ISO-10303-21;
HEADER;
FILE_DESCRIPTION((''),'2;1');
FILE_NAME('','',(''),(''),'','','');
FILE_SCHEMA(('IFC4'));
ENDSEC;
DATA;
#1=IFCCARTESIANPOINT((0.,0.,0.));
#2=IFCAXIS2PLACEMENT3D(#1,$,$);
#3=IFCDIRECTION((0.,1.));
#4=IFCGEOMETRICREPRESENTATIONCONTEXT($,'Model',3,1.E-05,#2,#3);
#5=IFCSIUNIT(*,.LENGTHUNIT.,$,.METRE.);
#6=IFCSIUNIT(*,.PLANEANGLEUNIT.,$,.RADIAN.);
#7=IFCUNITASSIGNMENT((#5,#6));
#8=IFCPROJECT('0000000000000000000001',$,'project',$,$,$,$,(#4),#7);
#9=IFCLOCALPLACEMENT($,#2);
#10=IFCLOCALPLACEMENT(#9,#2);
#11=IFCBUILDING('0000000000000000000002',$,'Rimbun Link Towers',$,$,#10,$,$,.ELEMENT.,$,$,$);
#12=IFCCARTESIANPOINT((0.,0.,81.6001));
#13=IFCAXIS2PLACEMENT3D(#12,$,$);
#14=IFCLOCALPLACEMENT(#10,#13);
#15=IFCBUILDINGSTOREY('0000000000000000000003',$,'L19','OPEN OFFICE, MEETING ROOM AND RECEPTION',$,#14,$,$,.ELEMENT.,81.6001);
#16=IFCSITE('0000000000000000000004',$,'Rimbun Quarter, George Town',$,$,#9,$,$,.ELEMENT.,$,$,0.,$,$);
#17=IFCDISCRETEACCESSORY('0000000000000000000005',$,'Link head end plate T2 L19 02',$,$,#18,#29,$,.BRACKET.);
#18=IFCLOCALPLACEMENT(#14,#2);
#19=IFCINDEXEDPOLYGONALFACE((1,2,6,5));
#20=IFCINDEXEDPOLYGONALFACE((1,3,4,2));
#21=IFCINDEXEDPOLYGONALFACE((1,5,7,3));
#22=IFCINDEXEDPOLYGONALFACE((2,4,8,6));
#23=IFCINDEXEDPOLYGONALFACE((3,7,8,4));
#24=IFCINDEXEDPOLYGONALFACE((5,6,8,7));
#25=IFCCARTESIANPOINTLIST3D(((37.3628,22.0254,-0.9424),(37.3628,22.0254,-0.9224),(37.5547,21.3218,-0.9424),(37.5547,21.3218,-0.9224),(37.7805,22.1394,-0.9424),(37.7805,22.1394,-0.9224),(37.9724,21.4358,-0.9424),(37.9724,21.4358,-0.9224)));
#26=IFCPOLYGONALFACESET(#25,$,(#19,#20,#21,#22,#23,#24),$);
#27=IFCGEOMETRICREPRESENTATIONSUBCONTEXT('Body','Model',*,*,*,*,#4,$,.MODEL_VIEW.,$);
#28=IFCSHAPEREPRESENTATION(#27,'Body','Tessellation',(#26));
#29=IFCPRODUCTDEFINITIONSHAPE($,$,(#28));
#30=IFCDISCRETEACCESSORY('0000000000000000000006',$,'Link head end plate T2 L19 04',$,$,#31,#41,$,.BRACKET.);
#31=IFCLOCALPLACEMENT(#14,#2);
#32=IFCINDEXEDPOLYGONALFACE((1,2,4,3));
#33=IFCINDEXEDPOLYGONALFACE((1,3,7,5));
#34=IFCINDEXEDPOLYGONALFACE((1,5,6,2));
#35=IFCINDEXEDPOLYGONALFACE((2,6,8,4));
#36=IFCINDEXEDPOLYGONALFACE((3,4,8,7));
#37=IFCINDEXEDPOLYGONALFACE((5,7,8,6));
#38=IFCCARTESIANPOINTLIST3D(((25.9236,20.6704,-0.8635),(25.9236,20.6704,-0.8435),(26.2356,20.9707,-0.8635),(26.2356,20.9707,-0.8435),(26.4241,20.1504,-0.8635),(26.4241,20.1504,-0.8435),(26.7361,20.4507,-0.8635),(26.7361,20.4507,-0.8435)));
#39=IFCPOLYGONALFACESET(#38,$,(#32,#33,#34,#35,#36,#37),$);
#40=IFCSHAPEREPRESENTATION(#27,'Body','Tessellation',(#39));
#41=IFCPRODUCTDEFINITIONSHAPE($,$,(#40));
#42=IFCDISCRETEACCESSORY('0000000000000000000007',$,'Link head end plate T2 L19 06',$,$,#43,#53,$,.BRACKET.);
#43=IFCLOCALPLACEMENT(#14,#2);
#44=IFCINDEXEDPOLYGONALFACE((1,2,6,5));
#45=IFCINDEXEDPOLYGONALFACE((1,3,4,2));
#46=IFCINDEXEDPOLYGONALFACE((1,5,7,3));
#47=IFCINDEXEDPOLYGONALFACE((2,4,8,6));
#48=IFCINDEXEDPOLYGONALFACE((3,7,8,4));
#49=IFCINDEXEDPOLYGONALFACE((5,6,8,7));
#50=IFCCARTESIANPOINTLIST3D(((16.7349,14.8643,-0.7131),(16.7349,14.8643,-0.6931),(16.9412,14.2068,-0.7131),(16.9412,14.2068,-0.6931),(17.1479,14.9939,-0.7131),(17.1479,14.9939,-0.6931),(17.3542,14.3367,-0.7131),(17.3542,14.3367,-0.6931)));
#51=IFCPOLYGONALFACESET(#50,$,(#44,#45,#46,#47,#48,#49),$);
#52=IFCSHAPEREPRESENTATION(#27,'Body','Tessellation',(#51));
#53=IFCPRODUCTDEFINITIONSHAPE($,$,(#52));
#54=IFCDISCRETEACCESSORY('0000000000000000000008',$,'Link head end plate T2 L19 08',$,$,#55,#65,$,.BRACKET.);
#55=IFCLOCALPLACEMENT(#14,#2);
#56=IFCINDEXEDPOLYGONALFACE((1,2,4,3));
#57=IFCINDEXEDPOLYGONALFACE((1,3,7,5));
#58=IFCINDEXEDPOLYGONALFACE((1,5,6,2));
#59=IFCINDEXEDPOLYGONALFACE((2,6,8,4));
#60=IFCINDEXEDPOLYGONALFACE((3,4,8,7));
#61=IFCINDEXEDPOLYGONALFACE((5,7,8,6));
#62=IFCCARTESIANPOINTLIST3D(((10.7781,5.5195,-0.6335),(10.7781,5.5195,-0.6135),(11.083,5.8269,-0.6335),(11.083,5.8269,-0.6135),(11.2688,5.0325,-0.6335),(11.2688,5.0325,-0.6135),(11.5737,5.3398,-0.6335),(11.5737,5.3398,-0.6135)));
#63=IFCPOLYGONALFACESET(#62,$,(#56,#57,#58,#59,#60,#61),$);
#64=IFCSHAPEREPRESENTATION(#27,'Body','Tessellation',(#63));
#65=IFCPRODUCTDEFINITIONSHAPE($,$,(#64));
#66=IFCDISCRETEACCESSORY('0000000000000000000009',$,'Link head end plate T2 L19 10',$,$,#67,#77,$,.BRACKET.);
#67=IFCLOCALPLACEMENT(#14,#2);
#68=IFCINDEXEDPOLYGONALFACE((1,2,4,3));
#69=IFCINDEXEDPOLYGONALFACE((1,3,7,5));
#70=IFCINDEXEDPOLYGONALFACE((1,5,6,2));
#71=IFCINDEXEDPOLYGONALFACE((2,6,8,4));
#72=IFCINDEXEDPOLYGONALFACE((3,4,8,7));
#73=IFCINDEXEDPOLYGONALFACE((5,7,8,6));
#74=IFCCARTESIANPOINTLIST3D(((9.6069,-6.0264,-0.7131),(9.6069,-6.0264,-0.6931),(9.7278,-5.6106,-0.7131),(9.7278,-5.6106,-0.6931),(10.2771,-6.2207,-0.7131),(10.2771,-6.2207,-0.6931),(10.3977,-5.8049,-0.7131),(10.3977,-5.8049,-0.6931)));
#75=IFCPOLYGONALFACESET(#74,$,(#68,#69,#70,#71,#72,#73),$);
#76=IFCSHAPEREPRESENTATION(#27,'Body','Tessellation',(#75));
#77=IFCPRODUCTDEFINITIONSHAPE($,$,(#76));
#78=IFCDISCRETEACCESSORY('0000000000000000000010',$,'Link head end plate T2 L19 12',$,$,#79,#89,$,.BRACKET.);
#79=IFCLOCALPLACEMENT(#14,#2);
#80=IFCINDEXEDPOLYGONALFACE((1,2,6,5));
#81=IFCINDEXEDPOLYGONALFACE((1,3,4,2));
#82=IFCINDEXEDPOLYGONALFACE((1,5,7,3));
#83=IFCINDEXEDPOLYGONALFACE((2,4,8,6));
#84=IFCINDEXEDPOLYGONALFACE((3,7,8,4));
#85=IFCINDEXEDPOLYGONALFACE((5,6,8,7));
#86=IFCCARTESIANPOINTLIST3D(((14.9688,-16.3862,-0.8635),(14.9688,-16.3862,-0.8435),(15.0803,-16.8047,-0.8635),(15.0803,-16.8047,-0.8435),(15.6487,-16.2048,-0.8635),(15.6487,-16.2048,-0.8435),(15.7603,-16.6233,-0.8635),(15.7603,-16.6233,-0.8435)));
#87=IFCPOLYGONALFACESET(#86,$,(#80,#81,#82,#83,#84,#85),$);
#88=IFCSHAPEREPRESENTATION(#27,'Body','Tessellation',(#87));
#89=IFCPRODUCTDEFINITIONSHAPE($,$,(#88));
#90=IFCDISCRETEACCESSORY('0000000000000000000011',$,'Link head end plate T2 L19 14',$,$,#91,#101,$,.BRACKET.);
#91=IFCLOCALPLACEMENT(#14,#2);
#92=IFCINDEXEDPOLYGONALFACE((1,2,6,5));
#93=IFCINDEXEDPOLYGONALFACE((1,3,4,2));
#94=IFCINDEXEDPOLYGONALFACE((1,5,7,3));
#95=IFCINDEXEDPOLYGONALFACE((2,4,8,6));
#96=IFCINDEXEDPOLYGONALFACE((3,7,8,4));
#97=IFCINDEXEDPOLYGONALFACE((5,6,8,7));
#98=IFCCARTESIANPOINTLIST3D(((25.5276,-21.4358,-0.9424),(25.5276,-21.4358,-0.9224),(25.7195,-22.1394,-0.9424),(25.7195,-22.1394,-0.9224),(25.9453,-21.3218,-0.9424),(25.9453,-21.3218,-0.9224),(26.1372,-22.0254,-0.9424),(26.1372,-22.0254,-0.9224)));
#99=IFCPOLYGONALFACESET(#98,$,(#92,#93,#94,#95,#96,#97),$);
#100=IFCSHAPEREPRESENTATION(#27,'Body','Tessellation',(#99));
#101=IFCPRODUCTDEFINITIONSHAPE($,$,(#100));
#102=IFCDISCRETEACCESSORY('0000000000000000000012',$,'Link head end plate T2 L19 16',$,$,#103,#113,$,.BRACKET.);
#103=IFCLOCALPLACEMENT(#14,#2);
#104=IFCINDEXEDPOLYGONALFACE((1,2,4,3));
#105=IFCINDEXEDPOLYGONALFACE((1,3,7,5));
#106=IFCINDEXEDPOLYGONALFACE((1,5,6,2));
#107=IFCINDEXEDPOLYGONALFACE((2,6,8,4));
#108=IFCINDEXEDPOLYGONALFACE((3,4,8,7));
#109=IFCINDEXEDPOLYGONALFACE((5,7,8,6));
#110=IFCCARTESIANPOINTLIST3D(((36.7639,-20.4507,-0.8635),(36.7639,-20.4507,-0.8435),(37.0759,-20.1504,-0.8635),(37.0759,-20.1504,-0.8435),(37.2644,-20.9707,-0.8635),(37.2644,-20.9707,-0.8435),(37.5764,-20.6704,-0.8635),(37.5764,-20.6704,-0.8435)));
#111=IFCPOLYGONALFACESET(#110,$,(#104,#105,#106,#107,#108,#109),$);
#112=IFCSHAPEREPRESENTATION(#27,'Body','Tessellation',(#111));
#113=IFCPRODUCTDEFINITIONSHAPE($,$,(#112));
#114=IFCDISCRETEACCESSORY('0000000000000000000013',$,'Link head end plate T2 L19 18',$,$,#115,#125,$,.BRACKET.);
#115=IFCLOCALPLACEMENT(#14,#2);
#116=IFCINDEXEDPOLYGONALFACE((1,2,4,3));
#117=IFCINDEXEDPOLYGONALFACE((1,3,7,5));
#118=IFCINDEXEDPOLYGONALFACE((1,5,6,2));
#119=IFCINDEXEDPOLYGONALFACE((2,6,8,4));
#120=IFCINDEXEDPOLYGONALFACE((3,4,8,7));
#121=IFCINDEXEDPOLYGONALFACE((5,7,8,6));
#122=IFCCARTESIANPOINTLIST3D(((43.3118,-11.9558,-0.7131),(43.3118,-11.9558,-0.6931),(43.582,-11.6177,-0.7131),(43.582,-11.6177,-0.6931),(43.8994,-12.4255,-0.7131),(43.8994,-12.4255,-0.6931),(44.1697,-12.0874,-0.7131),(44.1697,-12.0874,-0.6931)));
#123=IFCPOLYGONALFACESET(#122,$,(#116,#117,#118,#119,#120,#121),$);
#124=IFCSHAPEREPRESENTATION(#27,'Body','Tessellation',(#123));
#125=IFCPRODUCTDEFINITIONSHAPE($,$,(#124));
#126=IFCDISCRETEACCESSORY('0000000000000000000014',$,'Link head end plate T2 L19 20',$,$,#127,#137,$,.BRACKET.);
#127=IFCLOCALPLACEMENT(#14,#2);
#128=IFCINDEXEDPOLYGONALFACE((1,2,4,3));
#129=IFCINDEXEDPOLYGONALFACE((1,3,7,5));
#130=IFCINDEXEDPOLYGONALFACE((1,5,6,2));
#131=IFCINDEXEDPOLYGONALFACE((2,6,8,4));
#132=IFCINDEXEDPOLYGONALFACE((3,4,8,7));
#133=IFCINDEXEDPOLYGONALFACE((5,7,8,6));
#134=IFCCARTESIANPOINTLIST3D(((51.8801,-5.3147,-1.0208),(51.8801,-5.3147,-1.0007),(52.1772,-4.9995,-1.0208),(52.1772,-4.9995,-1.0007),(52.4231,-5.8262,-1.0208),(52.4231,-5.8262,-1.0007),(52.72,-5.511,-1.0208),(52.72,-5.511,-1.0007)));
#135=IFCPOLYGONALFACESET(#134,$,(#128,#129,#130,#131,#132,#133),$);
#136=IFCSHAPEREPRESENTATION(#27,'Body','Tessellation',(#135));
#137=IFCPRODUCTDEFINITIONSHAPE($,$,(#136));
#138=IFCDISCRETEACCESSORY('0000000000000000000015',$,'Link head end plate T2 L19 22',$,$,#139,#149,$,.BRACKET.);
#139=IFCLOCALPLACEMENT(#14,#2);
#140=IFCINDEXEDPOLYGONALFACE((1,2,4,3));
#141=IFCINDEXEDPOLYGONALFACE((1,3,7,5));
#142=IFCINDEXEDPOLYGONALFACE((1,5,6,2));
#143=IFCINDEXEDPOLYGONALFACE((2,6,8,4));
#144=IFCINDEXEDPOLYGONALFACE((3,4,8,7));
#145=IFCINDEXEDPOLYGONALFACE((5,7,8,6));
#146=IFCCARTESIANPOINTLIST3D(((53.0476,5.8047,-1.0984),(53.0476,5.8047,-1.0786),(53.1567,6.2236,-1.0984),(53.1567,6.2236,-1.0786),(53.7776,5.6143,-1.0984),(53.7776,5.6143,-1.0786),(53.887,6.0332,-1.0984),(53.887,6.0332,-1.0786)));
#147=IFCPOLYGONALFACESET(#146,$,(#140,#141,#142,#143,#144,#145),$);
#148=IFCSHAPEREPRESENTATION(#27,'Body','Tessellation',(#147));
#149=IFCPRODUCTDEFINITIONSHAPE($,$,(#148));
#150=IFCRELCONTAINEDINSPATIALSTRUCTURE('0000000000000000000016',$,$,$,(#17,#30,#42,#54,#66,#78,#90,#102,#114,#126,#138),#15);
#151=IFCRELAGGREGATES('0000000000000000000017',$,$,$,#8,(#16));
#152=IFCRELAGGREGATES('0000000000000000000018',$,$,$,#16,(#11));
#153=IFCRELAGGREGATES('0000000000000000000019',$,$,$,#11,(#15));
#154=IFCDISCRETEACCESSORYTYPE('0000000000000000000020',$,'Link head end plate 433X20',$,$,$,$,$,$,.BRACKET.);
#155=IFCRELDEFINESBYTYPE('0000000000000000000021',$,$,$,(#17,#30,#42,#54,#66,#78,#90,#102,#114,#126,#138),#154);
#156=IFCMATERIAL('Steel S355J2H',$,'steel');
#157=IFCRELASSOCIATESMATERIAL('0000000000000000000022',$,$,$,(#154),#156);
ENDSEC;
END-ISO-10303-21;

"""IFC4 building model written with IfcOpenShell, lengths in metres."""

from ifc_helpers import new_model, si_unit, direction, frame, origin, origin_2d, place, context, subcontext, project, spatial, polyline, rectangle, outline, extrude, material, material_profile, profile_set, type_object, element, save


model = new_model("IFC4")

# Units and contexts
model_context = context("Model", 3, precision=1e-05, world=origin(), true_north=direction((0.0, 1.0)))
body_context = subcontext(model_context, "Body", "Model", "MODEL_VIEW")
ifc_project = project(units=[si_unit("LENGTHUNIT", "METRE"), si_unit("PLANEANGLEUNIT", "RADIAN")], contexts=[model_context])

# Site, building, storey
site_placement = place(None, origin())
site = spatial("IfcSite", under=ifc_project, at=site_placement, Name="Rimbun Quarter, George Town", CompositionType="ELEMENT", RefElevation=0.0)
building_placement = place(site_placement, origin())
building = spatial("IfcBuilding", under=site, at=building_placement, Name="Rimbun Link Towers", CompositionType="ELEMENT")
storey_placement = place(building_placement, frame((0.0, 0.0, 81.6001)))
storey = spatial("IfcBuildingStorey", under=building, at=storey_placement, Name="L19", Description="OPEN OFFICE, MEETING ROOM AND RECEPTION", CompositionType="ELEMENT", Elevation=81.6001)

# Discrete accessories
ifc_material_1 = material(Name="Steel S355J2H", Category="steel")
ifc_material_profile_1 = material_profile(ifc_material_1, rectangle(XDim=0.4331, YDim=0.4331, at=origin_2d()), Name="PL 433x433")
ifc_profile_set_1 = profile_set([ifc_material_profile_1], Name="Steel S355J2H")
discrete_accessory_type_1 = type_object("IfcDiscreteAccessoryType", Name="Link head end plate 433X20", PredefinedType="BRACKET", material=ifc_profile_set_1)
discrete_accessory_1_placement = place(storey_placement, frame((0.0, 0.0, -0.9424)))
element("IfcDiscreteAccessory", 1, at=discrete_accessory_1_placement, inside=storey, type_object=discrete_accessory_type_1, Name="Link head end plate T2 L19 02", PredefinedType="BRACKET", context=body_context, shape_type="SweptSolid", body=[
    extrude(outline(polyline([(37.9724, 21.4358), (37.7805, 22.1394), (37.3628, 22.0254), (37.5547, 21.3218), (37.9724, 21.4358)])), origin(), (0.0, 0.0, 1.0), 0.02),
])
discrete_accessory_2_placement = place(storey_placement, frame((0.0, 0.0, -0.8635)))
element("IfcDiscreteAccessory", 2, at=discrete_accessory_2_placement, inside=storey, type_object=discrete_accessory_type_1, Name="Link head end plate T2 L19 04", PredefinedType="BRACKET", context=body_context, shape_type="SweptSolid", body=[
    extrude(outline(polyline([(26.7361, 20.4507), (26.2356, 20.9707), (25.9236, 20.6704), (26.4241, 20.1504), (26.7361, 20.4507)])), origin(), (0.0, 0.0, 1.0), 0.02),
])
discrete_accessory_3_placement = place(storey_placement, frame((0.0, 0.0, -0.7131)))
element("IfcDiscreteAccessory", 3, at=discrete_accessory_3_placement, inside=storey, type_object=discrete_accessory_type_1, Name="Link head end plate T2 L19 06", PredefinedType="BRACKET", context=body_context, shape_type="SweptSolid", body=[
    extrude(outline(polyline([(17.3542, 14.3367), (17.1479, 14.9939), (16.7349, 14.8643), (16.9412, 14.2068), (17.3542, 14.3367)])), origin(), (0.0, 0.0, 1.0), 0.02),
])
discrete_accessory_4_placement = place(storey_placement, frame((0.0, 0.0, -0.6335)))
element("IfcDiscreteAccessory", 4, at=discrete_accessory_4_placement, inside=storey, type_object=discrete_accessory_type_1, Name="Link head end plate T2 L19 08", PredefinedType="BRACKET", context=body_context, shape_type="SweptSolid", body=[
    extrude(outline(polyline([(11.5737, 5.3398), (11.083, 5.8269), (10.7781, 5.5195), (11.2688, 5.0325), (11.5737, 5.3398)])), origin(), (0.0, 0.0, 1.0), 0.02),
])
discrete_accessory_5_placement = place(storey_placement, frame((0.0, 0.0, -0.7131)))
element("IfcDiscreteAccessory", 5, at=discrete_accessory_5_placement, inside=storey, type_object=discrete_accessory_type_1, Name="Link head end plate T2 L19 10", PredefinedType="BRACKET", context=body_context, shape_type="SweptSolid", body=[
    extrude(outline(polyline([(10.3977, -5.8049), (9.7278, -5.6106), (9.6069, -6.0264), (10.2771, -6.2207), (10.3977, -5.8049)])), origin(), (0.0, 0.0, 1.0), 0.02),
])
discrete_accessory_6_placement = place(storey_placement, frame((0.0, 0.0, -0.8635)))
element("IfcDiscreteAccessory", 6, at=discrete_accessory_6_placement, inside=storey, type_object=discrete_accessory_type_1, Name="Link head end plate T2 L19 12", PredefinedType="BRACKET", context=body_context, shape_type="SweptSolid", body=[
    extrude(outline(polyline([(15.6487, -16.2048), (14.9688, -16.3862), (15.0803, -16.8047), (15.7603, -16.6233), (15.6487, -16.2048)])), origin(), (0.0, 0.0, 1.0), 0.02),
])
discrete_accessory_7_placement = place(storey_placement, frame((0.0, 0.0, -0.9424)))
element("IfcDiscreteAccessory", 7, at=discrete_accessory_7_placement, inside=storey, type_object=discrete_accessory_type_1, Name="Link head end plate T2 L19 14", PredefinedType="BRACKET", context=body_context, shape_type="SweptSolid", body=[
    extrude(outline(polyline([(25.5276, -21.4358), (25.7195, -22.1394), (26.1372, -22.0254), (25.9453, -21.3218), (25.5276, -21.4358)])), origin(), (0.0, 0.0, 1.0), 0.02),
])
discrete_accessory_8_placement = place(storey_placement, frame((0.0, 0.0, -0.8635)))
element("IfcDiscreteAccessory", 8, at=discrete_accessory_8_placement, inside=storey, type_object=discrete_accessory_type_1, Name="Link head end plate T2 L19 16", PredefinedType="BRACKET", context=body_context, shape_type="SweptSolid", body=[
    extrude(outline(polyline([(36.7639, -20.4507), (37.2644, -20.9707), (37.5764, -20.6704), (37.0759, -20.1504), (36.7639, -20.4507)])), origin(), (0.0, 0.0, 1.0), 0.02),
])
discrete_accessory_9_placement = place(storey_placement, frame((0.0, 0.0, -0.7131)))
element("IfcDiscreteAccessory", 9, at=discrete_accessory_9_placement, inside=storey, type_object=discrete_accessory_type_1, Name="Link head end plate T2 L19 18", PredefinedType="BRACKET", context=body_context, shape_type="SweptSolid", body=[
    extrude(outline(polyline([(43.3118, -11.9558), (43.8994, -12.4255), (44.1697, -12.0874), (43.582, -11.6177), (43.3118, -11.9558)])), origin(), (0.0, 0.0, 1.0), 0.02),
])
discrete_accessory_10_placement = place(storey_placement, frame((0.0, 0.0, -1.0208)))
element("IfcDiscreteAccessory", 10, at=discrete_accessory_10_placement, inside=storey, type_object=discrete_accessory_type_1, Name="Link head end plate T2 L19 20", PredefinedType="BRACKET", context=body_context, shape_type="SweptSolid", body=[
    extrude(outline(polyline([(51.8801, -5.3147), (52.4231, -5.8262), (52.72, -5.511), (52.1772, -4.9995), (51.8801, -5.3147)])), origin(), (0.0, 0.0, 1.0), 0.02),
])
discrete_accessory_11_placement = place(storey_placement, frame((0.0, 0.0, -1.0984)))
element("IfcDiscreteAccessory", 11, at=discrete_accessory_11_placement, inside=storey, type_object=discrete_accessory_type_1, Name="Link head end plate T2 L19 22", PredefinedType="BRACKET", context=body_context, shape_type="SweptSolid", body=[
    extrude(outline(polyline([(53.0476, 5.8047), (53.7776, 5.6143), (53.887, 6.0332), (53.1567, 6.2236), (53.0476, 5.8047)])), origin(), (0.0, 0.0, 1.0), 0.0198),
])

save(model, "model.ifc")
